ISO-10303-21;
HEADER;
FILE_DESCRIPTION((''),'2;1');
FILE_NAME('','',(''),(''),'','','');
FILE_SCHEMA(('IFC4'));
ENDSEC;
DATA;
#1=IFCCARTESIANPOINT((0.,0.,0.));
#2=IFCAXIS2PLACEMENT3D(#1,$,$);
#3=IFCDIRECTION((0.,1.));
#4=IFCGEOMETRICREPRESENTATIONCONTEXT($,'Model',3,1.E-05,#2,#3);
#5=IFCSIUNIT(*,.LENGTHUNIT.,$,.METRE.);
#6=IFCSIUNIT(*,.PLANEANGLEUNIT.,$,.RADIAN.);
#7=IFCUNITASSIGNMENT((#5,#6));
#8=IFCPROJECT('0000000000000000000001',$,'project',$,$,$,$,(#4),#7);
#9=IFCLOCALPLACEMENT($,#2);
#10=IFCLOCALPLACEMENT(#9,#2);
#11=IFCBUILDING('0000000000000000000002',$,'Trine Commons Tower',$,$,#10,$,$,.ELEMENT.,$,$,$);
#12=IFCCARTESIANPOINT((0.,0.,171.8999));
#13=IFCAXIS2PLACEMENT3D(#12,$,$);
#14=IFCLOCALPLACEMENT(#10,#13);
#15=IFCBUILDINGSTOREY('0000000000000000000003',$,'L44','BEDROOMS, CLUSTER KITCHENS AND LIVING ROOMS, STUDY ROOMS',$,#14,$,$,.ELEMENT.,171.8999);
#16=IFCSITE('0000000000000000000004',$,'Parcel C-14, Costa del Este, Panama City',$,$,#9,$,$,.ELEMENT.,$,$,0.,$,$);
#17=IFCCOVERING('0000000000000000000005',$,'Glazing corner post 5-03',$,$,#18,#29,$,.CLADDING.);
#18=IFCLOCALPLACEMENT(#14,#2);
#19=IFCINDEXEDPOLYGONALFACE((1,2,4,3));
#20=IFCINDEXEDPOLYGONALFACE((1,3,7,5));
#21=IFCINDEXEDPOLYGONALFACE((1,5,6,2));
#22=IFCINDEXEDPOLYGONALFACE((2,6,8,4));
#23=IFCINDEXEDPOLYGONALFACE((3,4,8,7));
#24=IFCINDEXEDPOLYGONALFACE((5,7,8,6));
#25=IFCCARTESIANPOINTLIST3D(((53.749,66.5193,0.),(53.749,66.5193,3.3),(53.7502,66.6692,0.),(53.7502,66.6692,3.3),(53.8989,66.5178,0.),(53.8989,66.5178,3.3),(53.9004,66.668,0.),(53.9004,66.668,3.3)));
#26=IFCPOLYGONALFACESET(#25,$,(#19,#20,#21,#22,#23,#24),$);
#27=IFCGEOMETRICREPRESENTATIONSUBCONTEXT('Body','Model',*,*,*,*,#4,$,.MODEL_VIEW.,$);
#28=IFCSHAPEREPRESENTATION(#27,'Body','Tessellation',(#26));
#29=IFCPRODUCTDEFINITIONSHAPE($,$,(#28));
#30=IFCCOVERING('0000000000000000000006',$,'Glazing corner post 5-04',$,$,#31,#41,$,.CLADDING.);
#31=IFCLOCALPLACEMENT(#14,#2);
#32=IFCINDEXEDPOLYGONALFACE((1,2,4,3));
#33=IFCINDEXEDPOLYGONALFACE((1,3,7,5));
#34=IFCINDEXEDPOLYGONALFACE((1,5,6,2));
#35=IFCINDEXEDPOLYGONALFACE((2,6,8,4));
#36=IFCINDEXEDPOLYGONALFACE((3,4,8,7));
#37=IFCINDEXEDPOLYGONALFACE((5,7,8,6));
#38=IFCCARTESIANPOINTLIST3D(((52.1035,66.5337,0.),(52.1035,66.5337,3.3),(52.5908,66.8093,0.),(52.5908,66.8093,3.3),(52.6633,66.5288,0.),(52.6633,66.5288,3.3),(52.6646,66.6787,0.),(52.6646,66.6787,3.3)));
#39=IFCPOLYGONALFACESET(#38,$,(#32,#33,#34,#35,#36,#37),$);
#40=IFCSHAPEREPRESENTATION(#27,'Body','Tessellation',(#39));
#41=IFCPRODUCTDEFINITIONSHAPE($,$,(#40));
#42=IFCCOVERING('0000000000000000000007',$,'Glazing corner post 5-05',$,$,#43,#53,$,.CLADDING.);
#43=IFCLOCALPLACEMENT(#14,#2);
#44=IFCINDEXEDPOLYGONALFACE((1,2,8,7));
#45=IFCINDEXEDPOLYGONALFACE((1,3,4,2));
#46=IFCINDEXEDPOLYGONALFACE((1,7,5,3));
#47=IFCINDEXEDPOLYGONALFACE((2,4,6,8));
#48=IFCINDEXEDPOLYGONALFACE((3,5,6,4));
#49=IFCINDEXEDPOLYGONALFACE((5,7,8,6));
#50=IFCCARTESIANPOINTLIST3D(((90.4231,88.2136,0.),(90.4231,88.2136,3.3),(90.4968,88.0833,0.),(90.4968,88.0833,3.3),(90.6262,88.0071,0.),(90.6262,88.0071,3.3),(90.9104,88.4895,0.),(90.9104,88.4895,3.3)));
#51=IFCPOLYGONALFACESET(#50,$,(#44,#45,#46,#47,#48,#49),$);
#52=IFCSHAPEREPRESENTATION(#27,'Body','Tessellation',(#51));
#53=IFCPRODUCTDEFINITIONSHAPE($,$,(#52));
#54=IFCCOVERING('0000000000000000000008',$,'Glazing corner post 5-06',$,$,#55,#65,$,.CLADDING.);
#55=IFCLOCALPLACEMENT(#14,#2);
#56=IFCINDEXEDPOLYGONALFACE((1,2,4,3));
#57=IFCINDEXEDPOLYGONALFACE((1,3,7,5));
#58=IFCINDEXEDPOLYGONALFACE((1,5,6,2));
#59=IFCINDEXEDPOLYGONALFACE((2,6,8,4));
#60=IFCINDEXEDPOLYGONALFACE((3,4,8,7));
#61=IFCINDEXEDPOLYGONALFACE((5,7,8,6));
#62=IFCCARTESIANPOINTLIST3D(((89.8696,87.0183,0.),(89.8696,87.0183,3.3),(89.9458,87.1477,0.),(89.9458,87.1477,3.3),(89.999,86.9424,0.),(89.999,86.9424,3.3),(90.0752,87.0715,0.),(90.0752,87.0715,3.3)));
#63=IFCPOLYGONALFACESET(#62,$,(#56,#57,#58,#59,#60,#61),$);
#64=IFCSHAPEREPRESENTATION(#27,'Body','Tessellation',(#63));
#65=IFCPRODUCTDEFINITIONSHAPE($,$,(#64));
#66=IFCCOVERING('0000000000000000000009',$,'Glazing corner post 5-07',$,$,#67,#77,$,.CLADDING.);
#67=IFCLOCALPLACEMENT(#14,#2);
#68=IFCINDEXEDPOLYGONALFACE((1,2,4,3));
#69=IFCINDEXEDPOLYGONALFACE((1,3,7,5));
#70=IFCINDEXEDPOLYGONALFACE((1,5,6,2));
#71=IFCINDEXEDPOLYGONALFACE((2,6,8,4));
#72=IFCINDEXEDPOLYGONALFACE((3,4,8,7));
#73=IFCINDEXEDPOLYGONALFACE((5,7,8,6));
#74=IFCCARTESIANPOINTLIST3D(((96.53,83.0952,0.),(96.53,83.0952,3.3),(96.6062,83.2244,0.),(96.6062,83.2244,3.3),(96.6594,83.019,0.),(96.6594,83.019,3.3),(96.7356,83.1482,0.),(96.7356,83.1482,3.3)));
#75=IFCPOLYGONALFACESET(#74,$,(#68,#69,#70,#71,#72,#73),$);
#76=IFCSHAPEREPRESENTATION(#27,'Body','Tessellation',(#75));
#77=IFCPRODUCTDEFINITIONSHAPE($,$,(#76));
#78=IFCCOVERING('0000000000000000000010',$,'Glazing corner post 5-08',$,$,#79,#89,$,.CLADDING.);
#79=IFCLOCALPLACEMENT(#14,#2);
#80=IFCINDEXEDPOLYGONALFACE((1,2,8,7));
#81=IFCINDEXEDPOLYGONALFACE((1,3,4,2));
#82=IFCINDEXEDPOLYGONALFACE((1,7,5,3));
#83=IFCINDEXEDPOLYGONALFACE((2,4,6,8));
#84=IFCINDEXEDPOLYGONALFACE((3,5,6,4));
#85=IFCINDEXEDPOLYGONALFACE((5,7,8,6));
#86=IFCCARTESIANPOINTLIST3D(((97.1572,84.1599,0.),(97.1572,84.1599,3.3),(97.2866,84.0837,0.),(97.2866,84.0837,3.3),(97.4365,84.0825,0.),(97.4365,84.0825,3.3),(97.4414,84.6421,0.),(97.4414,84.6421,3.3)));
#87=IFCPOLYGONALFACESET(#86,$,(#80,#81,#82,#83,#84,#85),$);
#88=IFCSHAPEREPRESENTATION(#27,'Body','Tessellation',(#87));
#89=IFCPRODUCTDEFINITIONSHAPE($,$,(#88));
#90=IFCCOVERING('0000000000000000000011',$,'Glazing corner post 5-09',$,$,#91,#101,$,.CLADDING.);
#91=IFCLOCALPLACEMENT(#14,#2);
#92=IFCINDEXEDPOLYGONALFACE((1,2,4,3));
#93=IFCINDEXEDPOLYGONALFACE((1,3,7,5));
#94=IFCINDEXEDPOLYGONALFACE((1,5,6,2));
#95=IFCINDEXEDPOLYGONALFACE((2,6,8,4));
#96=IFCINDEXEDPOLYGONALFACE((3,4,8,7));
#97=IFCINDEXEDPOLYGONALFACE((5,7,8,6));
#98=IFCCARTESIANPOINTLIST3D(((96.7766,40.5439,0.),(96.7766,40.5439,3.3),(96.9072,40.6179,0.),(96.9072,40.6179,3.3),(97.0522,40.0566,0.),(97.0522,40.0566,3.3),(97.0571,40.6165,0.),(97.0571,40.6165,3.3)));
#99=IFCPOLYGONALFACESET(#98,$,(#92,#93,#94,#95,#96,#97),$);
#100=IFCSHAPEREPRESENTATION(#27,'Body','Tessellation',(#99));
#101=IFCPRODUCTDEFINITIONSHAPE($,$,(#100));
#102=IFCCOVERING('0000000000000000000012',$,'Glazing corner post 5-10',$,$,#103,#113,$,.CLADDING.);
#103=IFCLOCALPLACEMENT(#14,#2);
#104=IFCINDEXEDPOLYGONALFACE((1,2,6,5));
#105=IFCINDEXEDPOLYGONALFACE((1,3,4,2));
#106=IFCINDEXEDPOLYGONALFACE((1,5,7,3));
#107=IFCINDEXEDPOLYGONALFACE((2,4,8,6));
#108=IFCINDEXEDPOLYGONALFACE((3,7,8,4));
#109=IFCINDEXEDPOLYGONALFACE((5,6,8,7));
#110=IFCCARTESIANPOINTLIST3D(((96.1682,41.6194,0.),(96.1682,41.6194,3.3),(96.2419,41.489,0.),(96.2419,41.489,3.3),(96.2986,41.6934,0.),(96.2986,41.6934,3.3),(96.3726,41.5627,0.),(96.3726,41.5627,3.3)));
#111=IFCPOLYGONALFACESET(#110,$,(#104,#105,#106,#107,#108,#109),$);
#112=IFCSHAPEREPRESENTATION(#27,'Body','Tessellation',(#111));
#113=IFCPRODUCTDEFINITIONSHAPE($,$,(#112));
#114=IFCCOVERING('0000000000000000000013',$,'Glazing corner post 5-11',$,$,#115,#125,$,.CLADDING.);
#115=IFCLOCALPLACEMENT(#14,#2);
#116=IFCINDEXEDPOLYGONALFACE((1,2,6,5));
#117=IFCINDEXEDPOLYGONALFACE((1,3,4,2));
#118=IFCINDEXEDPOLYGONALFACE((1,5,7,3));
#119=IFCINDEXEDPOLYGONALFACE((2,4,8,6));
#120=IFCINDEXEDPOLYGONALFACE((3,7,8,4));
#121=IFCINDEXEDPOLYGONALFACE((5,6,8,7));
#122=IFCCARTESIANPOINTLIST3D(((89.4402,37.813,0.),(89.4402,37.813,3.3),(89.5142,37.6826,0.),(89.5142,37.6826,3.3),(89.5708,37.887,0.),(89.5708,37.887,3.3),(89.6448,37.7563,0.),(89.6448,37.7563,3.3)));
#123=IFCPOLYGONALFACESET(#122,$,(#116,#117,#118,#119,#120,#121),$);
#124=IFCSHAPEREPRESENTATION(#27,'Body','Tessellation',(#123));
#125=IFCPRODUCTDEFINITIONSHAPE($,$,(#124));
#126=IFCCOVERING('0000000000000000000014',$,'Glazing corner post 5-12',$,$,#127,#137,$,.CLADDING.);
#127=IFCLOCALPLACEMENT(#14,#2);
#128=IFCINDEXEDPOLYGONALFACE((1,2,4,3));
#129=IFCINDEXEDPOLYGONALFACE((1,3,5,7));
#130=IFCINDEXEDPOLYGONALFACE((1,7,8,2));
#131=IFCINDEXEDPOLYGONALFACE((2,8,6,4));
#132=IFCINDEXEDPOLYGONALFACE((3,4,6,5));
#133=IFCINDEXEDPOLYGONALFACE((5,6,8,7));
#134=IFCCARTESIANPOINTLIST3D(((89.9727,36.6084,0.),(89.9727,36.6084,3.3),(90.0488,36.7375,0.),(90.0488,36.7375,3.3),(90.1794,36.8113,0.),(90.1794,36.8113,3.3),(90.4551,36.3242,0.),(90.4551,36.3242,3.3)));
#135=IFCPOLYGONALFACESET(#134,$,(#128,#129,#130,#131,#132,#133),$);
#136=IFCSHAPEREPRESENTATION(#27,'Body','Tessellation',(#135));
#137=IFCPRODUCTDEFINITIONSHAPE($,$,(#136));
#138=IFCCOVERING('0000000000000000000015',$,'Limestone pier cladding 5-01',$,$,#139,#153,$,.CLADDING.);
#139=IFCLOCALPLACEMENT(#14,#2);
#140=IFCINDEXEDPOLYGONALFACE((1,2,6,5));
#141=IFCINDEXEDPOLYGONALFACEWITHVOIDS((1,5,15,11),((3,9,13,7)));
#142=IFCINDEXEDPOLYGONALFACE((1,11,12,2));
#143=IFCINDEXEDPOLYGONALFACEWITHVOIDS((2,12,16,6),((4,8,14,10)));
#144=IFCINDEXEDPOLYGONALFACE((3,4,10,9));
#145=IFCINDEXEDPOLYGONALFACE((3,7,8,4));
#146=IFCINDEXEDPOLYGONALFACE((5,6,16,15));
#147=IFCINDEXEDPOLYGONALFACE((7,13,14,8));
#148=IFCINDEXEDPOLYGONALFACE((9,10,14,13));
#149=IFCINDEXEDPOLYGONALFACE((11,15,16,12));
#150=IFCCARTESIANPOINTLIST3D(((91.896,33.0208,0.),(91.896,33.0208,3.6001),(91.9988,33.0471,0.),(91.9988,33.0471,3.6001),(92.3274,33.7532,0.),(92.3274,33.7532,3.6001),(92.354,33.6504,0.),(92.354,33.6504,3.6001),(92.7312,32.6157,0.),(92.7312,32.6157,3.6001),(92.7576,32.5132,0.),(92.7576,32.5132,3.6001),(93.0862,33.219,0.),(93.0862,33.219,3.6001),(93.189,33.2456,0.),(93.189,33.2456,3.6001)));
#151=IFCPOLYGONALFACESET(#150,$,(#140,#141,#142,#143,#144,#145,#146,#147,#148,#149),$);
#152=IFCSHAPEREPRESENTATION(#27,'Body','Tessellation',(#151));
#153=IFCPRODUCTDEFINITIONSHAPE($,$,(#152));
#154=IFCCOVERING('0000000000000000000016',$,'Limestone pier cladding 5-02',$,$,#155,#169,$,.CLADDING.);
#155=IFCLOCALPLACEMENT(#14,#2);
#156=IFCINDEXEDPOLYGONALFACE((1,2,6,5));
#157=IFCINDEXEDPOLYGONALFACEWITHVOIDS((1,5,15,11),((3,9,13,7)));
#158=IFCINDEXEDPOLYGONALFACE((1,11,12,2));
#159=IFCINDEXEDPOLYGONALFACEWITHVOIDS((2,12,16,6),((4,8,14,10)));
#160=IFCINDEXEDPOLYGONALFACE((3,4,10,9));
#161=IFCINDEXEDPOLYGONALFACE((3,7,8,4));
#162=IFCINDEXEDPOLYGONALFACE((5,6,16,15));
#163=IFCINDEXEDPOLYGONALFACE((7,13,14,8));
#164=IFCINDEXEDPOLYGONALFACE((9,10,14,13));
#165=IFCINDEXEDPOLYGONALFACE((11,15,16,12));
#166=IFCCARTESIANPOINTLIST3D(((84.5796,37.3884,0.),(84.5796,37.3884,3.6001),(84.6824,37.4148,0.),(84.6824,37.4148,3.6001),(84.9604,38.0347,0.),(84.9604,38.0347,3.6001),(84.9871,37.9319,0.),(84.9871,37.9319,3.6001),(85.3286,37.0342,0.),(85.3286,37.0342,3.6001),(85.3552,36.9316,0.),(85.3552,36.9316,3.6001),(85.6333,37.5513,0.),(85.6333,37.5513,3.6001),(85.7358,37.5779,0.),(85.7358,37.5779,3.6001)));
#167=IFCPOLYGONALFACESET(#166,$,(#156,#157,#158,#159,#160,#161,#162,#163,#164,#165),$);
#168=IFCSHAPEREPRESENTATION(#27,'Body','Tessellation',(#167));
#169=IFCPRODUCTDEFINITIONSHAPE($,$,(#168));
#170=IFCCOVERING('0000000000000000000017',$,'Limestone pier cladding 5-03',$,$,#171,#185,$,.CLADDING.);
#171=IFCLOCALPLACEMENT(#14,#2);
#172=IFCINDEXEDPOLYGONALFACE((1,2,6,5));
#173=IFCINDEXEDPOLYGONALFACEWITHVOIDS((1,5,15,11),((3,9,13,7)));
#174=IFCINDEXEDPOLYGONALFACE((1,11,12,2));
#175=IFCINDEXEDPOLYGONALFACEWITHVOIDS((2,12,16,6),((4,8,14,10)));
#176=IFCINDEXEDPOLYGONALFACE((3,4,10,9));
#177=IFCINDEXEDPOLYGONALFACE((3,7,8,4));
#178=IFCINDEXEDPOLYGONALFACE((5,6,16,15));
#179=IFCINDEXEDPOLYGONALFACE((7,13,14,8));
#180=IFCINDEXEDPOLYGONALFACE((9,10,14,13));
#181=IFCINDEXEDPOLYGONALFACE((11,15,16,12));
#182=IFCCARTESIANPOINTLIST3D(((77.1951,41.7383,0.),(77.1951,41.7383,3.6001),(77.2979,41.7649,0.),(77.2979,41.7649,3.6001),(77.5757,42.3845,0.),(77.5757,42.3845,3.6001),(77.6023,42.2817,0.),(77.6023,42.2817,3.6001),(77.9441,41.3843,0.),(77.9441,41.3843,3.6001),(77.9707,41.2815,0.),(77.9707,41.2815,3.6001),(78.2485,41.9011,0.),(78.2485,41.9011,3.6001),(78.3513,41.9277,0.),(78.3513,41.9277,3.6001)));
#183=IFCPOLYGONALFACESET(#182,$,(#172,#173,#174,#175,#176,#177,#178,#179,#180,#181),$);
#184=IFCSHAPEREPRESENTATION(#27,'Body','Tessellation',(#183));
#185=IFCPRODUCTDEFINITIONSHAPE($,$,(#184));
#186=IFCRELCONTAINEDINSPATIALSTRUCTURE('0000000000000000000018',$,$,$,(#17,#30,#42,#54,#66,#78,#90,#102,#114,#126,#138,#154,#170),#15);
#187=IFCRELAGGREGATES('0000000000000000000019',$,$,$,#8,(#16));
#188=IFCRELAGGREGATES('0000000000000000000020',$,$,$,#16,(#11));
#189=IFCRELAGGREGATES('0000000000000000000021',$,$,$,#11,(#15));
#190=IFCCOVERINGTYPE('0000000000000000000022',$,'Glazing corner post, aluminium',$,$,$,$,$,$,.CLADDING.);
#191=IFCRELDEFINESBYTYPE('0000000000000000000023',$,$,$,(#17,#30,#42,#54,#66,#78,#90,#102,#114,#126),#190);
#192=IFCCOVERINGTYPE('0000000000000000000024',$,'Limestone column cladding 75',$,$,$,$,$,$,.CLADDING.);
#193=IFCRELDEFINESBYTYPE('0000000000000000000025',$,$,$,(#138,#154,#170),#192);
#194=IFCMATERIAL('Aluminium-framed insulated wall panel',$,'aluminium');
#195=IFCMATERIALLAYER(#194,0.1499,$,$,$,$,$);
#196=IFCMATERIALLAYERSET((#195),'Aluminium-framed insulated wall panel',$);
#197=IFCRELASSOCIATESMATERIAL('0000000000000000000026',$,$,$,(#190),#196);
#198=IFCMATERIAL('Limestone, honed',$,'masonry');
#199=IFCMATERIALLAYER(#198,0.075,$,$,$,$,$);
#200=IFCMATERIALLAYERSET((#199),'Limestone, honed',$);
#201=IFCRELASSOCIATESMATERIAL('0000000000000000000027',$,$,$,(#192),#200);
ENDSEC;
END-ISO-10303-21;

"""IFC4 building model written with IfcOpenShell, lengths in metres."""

from ifc_helpers import new_model, si_unit, direction, frame, origin, place, context, subcontext, project, spatial, polyline, outline, extrude, material, layer, layer_set, type_object, element, save


model = new_model("IFC4")

# Units and contexts
model_context = context("Model", 3, precision=1e-05, world=origin(), true_north=direction((0.0, 1.0)))
body_context = subcontext(model_context, "Body", "Model", "MODEL_VIEW")
ifc_project = project(units=[si_unit("LENGTHUNIT", "METRE"), si_unit("PLANEANGLEUNIT", "RADIAN")], contexts=[model_context])

# Site, building, storey
site_placement = place(None, origin())
site = spatial("IfcSite", under=ifc_project, at=site_placement, Name="Parcel C-14, Costa del Este, Panama City", CompositionType="ELEMENT", RefElevation=0.0)
building_placement = place(site_placement, origin())
building = spatial("IfcBuilding", under=site, at=building_placement, Name="Trine Commons Tower", CompositionType="ELEMENT")
storey_placement = place(building_placement, frame((0.0, 0.0, 171.8999)))
storey = spatial("IfcBuildingStorey", under=building, at=storey_placement, Name="L44", Description="BEDROOMS, CLUSTER KITCHENS AND LIVING ROOMS, STUDY ROOMS", CompositionType="ELEMENT", Elevation=171.8999)

# Coverings
ifc_material_1 = material(Name="Aluminium-framed insulated wall panel", Category="aluminium")
ifc_layer_1 = layer(ifc_material_1, 0.1499)
ifc_layer_set_1 = layer_set([ifc_layer_1], Name="Aluminium-framed insulated wall panel")
covering_type_1 = type_object("IfcCoveringType", Name="Glazing corner post, aluminium", PredefinedType="CLADDING", material=ifc_layer_set_1)
covering_1_placement = place(storey_placement, origin())
element("IfcCovering", 1, at=covering_1_placement, inside=storey, type_object=covering_type_1, Name="Glazing corner post 5-03", PredefinedType="CLADDING", context=body_context, shape_type="SweptSolid", body=[
    extrude(outline(polyline([(53.8989, 66.5178), (53.9004, 66.668), (53.7502, 66.6692), (53.749, 66.5193), (53.8989, 66.5178)])), origin(), (0.0, 0.0, 1.0), 3.3),
])
covering_2_placement = place(storey_placement, origin())
element("IfcCovering", 2, at=covering_2_placement, inside=storey, type_object=covering_type_1, Name="Glazing corner post 5-04", PredefinedType="CLADDING", context=body_context, shape_type="SweptSolid", body=[
    extrude(outline(polyline([(52.6633, 66.5288), (52.6646, 66.6787), (52.5908, 66.8093), (52.1035, 66.5337), (52.6633, 66.5288)])), origin(), (0.0, 0.0, 1.0), 3.3),
])
covering_3_placement = place(storey_placement, origin())
element("IfcCovering", 3, at=covering_3_placement, inside=storey, type_object=covering_type_1, Name="Glazing corner post 5-05", PredefinedType="CLADDING", context=body_context, shape_type="SweptSolid", body=[
    extrude(outline(polyline([(90.6262, 88.0071), (90.9104, 88.4895), (90.4231, 88.2136), (90.4968, 88.0833), (90.6262, 88.0071)])), origin(), (0.0, 0.0, 1.0), 3.3),
])
covering_4_placement = place(storey_placement, origin())
element("IfcCovering", 4, at=covering_4_placement, inside=storey, type_object=covering_type_1, Name="Glazing corner post 5-06", PredefinedType="CLADDING", context=body_context, shape_type="SweptSolid", body=[
    extrude(outline(polyline([(89.999, 86.9424), (90.0752, 87.0715), (89.9458, 87.1477), (89.8696, 87.0183), (89.999, 86.9424)])), origin(), (0.0, 0.0, 1.0), 3.3),
])
covering_5_placement = place(storey_placement, origin())
element("IfcCovering", 5, at=covering_5_placement, inside=storey, type_object=covering_type_1, Name="Glazing corner post 5-07", PredefinedType="CLADDING", context=body_context, shape_type="SweptSolid", body=[
    extrude(outline(polyline([(96.53, 83.0952), (96.6594, 83.019), (96.7356, 83.1482), (96.6062, 83.2244), (96.53, 83.0952)])), origin(), (0.0, 0.0, 1.0), 3.3),
])
covering_6_placement = place(storey_placement, origin())
element("IfcCovering", 6, at=covering_6_placement, inside=storey, type_object=covering_type_1, Name="Glazing corner post 5-08", PredefinedType="CLADDING", context=body_context, shape_type="SweptSolid", body=[
    extrude(outline(polyline([(97.4365, 84.0825), (97.4414, 84.6421), (97.1572, 84.1599), (97.2866, 84.0837), (97.4365, 84.0825)])), origin(), (0.0, 0.0, 1.0), 3.3),
])
covering_7_placement = place(storey_placement, origin())
element("IfcCovering", 7, at=covering_7_placement, inside=storey, type_object=covering_type_1, Name="Glazing corner post 5-09", PredefinedType="CLADDING", context=body_context, shape_type="SweptSolid", body=[
    extrude(outline(polyline([(96.7766, 40.5439), (97.0522, 40.0566), (97.0571, 40.6165), (96.9072, 40.6179), (96.9072, 40.6179), (96.7766, 40.5439)])), origin(), (0.0, 0.0, 1.0), 3.3),
])
covering_8_placement = place(storey_placement, origin())
element("IfcCovering", 8, at=covering_8_placement, inside=storey, type_object=covering_type_1, Name="Glazing corner post 5-10", PredefinedType="CLADDING", context=body_context, shape_type="SweptSolid", body=[
    extrude(outline(polyline([(96.1682, 41.6194), (96.2419, 41.489), (96.3726, 41.5627), (96.2986, 41.6934), (96.1682, 41.6194)])), origin(), (0.0, 0.0, 1.0), 3.3),
])
covering_9_placement = place(storey_placement, origin())
element("IfcCovering", 9, at=covering_9_placement, inside=storey, type_object=covering_type_1, Name="Glazing corner post 5-11", PredefinedType="CLADDING", context=body_context, shape_type="SweptSolid", body=[
    extrude(outline(polyline([(89.5142, 37.6826), (89.6448, 37.7563), (89.5708, 37.887), (89.4402, 37.813), (89.5142, 37.6826)])), origin(), (0.0, 0.0, 1.0), 3.3),
])
covering_10_placement = place(storey_placement, origin())
element("IfcCovering", 10, at=covering_10_placement, inside=storey, type_object=covering_type_1, Name="Glazing corner post 5-12", PredefinedType="CLADDING", context=body_context, shape_type="SweptSolid", body=[
    extrude(outline(polyline([(89.9727, 36.6084), (90.4551, 36.3242), (90.1794, 36.8113), (90.0488, 36.7375), (89.9727, 36.6084)])), origin(), (0.0, 0.0, 1.0), 3.3),
])
ifc_material_2 = material(Name="Limestone, honed", Category="masonry")
ifc_layer_2 = layer(ifc_material_2, 0.075)
ifc_layer_set_2 = layer_set([ifc_layer_2], Name="Limestone, honed")
covering_type_2 = type_object("IfcCoveringType", Name="Limestone column cladding 75", PredefinedType="CLADDING", material=ifc_layer_set_2)
covering_11_placement = place(storey_placement, origin())
element("IfcCovering", 11, at=covering_11_placement, inside=storey, type_object=covering_type_2, Name="Limestone pier cladding 5-01", PredefinedType="CLADDING", context=body_context, shape_type="SweptSolid", body=[
    extrude(outline(polyline([(92.3274, 33.7532), (91.896, 33.0208), (92.7576, 32.5132), (93.189, 33.2456), (92.3274, 33.7532)]), holes=[polyline([(92.354, 33.6504), (91.9988, 33.0471), (92.7312, 32.6157), (93.0862, 33.219), (92.354, 33.6504)])]), origin(), (0.0, 0.0, 1.0), 3.6001),
])
covering_12_placement = place(storey_placement, origin())
element("IfcCovering", 12, at=covering_12_placement, inside=storey, type_object=covering_type_2, Name="Limestone pier cladding 5-02", PredefinedType="CLADDING", context=body_context, shape_type="SweptSolid", body=[
    extrude(outline(polyline([(84.9604, 38.0347), (84.5796, 37.3884), (85.3552, 36.9316), (85.7358, 37.5779), (84.9604, 38.0347)]), holes=[polyline([(84.9871, 37.9319), (84.6824, 37.4148), (85.3286, 37.0342), (85.6333, 37.5513), (84.9871, 37.9319)])]), origin(), (0.0, 0.0, 1.0), 3.6001),
])
covering_13_placement = place(storey_placement, origin())
element("IfcCovering", 13, at=covering_13_placement, inside=storey, type_object=covering_type_2, Name="Limestone pier cladding 5-03", PredefinedType="CLADDING", context=body_context, shape_type="SweptSolid", body=[
    extrude(outline(polyline([(77.5757, 42.3845), (77.1951, 41.7383), (77.9707, 41.2815), (78.3513, 41.9277), (77.5757, 42.3845)]), holes=[polyline([(77.6023, 42.2817), (77.2979, 41.7649), (77.9441, 41.3843), (78.2485, 41.9011), (77.6023, 42.2817)])]), origin(), (0.0, 0.0, 1.0), 3.6001),
])

save(model, "model.ifc")
